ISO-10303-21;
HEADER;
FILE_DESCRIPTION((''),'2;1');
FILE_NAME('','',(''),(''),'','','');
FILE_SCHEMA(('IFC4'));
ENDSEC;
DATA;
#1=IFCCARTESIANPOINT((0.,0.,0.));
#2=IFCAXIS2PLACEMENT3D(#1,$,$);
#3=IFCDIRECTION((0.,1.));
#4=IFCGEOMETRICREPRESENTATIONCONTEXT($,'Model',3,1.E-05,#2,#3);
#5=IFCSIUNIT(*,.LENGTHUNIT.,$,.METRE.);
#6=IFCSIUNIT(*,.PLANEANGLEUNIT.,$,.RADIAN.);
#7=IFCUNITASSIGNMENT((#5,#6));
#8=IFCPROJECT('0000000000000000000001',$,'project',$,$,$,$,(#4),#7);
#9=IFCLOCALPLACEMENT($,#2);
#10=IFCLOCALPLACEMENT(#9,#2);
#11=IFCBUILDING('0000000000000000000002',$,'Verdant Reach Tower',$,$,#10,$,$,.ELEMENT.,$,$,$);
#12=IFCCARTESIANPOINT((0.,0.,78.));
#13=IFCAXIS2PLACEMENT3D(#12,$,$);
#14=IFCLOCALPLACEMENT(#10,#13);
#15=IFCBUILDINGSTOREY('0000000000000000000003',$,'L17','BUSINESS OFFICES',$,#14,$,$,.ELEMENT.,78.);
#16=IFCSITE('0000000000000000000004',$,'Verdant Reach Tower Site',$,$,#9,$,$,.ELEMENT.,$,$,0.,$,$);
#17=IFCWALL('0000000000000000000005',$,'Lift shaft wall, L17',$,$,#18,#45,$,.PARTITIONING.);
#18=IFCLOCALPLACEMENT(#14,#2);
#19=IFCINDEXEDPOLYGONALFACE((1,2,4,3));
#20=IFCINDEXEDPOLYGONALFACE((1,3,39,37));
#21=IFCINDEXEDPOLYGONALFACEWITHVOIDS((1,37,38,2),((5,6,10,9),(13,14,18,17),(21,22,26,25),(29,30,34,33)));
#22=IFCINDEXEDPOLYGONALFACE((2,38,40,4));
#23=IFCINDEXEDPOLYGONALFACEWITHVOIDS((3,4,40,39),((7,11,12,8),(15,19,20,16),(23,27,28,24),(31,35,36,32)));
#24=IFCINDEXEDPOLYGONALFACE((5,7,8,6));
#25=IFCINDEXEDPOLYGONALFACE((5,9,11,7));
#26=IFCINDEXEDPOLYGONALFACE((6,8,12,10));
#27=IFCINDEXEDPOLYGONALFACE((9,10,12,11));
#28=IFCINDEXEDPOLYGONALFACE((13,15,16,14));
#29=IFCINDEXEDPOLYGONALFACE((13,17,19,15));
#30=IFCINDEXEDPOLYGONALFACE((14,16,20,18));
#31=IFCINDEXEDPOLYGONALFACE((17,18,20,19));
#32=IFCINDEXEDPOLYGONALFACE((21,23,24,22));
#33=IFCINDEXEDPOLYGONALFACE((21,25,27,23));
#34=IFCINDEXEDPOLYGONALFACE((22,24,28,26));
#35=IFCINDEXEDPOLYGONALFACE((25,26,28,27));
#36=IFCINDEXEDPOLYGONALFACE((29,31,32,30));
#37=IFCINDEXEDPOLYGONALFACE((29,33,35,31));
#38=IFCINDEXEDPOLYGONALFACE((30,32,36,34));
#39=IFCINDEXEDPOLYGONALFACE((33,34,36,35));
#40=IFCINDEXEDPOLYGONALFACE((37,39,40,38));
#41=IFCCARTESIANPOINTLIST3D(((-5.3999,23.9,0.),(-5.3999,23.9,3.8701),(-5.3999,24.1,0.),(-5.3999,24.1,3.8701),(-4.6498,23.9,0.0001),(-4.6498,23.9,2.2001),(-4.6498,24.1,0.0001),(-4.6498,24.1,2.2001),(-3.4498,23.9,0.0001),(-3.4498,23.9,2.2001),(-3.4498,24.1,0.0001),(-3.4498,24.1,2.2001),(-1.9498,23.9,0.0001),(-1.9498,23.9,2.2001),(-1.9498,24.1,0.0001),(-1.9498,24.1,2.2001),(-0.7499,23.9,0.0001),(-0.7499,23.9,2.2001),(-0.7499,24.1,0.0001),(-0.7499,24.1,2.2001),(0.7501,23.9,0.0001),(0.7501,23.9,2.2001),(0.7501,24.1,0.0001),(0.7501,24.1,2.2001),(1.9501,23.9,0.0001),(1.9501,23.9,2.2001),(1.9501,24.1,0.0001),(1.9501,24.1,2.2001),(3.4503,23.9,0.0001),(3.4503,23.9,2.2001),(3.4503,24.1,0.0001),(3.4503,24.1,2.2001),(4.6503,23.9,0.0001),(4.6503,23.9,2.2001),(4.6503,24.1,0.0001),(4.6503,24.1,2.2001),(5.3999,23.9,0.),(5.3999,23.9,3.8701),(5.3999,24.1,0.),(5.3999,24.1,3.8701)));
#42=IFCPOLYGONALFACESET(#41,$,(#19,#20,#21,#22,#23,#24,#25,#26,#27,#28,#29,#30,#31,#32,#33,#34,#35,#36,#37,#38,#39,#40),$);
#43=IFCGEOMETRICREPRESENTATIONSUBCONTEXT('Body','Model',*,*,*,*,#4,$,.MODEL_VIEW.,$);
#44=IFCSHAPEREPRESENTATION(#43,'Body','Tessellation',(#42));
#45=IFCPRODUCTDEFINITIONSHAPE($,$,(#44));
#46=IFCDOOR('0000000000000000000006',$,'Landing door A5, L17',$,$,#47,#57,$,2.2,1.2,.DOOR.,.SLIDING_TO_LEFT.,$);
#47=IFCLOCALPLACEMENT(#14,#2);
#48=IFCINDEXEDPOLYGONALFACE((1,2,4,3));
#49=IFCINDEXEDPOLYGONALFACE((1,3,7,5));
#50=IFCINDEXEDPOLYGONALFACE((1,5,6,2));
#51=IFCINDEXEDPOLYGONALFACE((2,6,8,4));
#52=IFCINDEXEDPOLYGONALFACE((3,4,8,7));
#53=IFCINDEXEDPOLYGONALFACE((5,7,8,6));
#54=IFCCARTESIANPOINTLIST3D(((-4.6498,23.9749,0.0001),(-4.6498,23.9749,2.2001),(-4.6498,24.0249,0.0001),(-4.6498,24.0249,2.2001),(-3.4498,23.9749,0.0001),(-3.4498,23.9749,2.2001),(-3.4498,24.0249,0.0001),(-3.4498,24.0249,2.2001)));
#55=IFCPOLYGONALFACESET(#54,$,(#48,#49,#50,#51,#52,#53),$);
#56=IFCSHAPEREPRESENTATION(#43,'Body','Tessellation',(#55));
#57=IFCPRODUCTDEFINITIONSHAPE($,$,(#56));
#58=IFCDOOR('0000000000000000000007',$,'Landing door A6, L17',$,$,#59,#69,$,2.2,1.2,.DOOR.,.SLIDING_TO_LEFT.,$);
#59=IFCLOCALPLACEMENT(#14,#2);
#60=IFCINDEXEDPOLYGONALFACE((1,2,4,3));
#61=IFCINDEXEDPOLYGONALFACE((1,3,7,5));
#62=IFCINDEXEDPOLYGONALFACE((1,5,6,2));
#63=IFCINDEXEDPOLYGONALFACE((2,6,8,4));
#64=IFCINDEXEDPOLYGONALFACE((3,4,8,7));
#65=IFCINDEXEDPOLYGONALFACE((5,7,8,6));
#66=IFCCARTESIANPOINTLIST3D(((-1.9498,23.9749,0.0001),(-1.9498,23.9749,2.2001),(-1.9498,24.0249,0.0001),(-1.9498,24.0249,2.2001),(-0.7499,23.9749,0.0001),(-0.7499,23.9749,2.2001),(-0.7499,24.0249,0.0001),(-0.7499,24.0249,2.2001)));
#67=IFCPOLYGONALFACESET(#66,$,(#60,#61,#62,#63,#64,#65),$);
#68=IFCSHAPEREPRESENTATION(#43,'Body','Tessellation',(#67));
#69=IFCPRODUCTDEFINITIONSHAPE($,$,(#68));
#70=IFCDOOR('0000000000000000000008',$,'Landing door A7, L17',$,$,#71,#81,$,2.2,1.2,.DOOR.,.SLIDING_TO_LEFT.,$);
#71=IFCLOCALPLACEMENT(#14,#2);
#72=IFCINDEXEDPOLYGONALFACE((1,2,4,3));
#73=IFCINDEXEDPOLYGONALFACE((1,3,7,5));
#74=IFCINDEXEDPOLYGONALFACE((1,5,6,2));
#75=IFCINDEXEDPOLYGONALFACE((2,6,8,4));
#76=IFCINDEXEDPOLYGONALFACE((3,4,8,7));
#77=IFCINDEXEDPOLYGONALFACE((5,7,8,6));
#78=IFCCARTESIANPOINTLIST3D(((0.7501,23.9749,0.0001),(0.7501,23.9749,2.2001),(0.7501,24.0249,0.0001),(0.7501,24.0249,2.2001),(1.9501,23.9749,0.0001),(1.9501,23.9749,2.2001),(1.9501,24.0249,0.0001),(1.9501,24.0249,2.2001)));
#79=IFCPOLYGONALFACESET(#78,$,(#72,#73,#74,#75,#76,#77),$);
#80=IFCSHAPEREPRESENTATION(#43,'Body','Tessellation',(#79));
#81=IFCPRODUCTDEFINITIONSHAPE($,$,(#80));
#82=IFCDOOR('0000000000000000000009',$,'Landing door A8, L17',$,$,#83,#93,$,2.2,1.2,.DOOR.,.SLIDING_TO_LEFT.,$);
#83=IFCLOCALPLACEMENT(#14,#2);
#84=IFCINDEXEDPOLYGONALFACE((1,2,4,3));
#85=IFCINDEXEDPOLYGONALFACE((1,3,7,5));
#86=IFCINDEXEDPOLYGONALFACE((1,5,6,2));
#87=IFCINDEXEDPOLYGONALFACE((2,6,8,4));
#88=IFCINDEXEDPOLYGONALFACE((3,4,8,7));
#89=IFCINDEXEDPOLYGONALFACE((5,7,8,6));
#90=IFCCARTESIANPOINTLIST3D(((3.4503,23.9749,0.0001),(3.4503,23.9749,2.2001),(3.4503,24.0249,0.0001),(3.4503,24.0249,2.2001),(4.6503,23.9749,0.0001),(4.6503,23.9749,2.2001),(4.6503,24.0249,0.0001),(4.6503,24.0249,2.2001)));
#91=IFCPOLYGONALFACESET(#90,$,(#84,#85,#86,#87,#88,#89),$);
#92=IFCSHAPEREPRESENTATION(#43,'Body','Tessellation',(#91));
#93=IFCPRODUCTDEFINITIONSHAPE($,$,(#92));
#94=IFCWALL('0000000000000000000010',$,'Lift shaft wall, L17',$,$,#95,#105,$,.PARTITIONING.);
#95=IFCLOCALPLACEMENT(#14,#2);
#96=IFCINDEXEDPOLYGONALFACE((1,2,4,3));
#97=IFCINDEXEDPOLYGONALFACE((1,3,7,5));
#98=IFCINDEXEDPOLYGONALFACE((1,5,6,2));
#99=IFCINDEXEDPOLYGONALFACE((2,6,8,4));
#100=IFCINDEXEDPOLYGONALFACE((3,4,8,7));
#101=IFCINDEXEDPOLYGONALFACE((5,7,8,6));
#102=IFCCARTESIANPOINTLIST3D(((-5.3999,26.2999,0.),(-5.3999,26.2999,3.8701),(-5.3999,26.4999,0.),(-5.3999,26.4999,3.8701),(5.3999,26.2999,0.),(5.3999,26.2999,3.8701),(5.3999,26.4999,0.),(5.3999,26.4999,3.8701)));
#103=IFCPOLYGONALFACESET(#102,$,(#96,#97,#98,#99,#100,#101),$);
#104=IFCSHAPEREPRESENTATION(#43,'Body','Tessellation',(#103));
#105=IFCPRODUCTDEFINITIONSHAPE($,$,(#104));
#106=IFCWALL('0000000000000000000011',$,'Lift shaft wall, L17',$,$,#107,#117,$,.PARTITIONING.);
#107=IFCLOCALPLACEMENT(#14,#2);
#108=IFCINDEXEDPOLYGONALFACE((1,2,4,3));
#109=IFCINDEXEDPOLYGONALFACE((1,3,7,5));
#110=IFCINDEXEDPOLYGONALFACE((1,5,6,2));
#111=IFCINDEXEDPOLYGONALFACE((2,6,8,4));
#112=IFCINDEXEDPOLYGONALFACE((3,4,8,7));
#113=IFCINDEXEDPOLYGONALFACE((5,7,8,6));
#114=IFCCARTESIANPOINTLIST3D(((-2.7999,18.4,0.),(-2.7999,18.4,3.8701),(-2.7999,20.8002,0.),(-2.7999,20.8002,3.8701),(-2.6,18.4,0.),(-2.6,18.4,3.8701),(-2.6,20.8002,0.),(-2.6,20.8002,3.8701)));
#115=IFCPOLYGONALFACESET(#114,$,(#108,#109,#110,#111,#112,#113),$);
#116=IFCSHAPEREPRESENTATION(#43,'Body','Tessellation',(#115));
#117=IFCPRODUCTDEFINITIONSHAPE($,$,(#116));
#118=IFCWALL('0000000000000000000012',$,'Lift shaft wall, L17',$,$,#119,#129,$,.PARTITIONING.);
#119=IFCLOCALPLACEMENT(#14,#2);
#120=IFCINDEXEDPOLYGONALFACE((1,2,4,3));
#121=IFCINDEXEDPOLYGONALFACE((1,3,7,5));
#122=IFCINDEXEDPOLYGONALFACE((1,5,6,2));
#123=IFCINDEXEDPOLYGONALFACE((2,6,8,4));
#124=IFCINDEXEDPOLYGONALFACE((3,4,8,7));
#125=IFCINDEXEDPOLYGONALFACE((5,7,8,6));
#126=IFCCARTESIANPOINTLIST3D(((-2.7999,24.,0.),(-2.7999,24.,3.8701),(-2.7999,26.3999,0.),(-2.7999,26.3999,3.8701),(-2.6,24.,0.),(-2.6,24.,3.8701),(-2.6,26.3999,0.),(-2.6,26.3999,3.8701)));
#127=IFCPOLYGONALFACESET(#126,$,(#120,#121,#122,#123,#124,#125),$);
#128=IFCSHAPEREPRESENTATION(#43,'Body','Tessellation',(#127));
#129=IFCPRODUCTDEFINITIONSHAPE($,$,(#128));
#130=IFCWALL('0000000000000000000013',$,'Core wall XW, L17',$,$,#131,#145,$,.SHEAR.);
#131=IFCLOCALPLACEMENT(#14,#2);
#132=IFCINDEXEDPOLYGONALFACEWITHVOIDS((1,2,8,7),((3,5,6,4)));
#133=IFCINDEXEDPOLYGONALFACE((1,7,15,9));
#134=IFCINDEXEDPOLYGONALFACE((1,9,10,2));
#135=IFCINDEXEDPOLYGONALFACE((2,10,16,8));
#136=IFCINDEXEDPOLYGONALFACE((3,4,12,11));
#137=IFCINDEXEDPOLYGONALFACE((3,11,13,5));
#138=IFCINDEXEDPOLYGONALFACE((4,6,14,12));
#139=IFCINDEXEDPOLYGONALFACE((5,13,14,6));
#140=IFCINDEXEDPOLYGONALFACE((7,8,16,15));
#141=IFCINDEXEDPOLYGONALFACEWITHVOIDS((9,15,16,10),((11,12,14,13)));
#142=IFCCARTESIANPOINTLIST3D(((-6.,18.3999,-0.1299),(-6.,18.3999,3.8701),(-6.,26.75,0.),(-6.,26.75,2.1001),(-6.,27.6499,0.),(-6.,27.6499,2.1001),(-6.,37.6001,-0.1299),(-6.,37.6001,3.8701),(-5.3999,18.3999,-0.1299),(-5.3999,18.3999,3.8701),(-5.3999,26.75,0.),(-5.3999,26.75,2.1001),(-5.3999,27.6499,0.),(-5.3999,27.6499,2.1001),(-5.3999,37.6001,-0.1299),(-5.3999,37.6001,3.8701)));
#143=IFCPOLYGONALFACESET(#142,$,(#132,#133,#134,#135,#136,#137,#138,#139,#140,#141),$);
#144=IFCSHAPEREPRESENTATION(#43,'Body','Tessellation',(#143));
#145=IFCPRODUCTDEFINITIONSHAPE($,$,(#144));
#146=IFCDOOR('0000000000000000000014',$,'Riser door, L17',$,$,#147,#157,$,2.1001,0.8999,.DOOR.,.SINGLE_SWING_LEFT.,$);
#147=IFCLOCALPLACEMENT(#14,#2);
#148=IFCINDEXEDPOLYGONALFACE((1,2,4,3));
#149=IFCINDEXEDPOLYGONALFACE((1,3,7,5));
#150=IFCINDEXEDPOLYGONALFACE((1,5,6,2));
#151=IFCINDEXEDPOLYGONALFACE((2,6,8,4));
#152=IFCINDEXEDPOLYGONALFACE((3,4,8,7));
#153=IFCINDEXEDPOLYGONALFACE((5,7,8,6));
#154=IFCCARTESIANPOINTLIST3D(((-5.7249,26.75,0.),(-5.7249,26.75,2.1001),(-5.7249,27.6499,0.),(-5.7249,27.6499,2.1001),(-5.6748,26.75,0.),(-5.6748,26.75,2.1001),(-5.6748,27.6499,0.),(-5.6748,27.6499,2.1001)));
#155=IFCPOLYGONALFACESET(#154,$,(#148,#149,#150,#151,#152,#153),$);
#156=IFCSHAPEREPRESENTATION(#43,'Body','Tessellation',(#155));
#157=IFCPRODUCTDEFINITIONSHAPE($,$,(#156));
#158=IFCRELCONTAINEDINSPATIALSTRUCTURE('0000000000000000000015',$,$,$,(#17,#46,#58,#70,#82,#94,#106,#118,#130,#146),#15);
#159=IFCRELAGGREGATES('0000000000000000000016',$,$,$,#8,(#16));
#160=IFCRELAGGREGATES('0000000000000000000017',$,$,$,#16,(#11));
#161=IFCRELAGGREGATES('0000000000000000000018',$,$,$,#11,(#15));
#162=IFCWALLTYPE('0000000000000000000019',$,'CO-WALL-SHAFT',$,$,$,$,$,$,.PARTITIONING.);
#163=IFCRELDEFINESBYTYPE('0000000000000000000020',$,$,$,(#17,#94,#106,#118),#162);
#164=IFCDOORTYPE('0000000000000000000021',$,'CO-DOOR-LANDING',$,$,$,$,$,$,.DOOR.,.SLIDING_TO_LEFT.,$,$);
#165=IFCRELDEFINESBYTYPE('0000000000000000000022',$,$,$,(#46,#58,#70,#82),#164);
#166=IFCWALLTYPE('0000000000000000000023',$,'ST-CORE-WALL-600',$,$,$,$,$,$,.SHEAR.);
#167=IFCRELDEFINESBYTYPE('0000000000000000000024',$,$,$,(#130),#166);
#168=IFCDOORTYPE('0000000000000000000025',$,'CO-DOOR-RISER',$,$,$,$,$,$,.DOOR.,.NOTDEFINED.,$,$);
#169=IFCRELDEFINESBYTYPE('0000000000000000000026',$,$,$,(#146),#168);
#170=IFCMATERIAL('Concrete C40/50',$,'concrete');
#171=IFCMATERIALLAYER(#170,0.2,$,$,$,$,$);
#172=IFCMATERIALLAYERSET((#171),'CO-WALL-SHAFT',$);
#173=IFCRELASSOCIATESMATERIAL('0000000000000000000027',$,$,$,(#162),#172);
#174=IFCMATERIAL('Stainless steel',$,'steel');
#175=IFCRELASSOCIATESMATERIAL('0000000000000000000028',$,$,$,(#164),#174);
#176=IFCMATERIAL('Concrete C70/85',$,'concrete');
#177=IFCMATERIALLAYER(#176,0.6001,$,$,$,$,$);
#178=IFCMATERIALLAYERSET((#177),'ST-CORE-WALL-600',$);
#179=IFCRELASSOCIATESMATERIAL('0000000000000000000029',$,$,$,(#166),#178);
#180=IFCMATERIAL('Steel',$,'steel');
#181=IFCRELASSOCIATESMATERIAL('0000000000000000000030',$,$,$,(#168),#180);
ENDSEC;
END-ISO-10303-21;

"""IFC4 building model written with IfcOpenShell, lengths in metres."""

from ifc_helpers import new_model, si_unit, direction, frame, frame_2d, origin, place, context, subcontext, project, spatial, rectangle, extrude, material, layer, layer_set, type_object, element, fill, save


model = new_model("IFC4")

# Units and contexts
model_context = context("Model", 3, precision=1e-05, world=origin(), true_north=direction((0.0, 1.0)))
body_context = subcontext(model_context, "Body", "Model", "MODEL_VIEW")
ifc_project = project(units=[si_unit("LENGTHUNIT", "METRE"), si_unit("PLANEANGLEUNIT", "RADIAN")], contexts=[model_context])

# Site, building, storey
site_placement = place(None, origin())
site = spatial("IfcSite", under=ifc_project, at=site_placement, Name="Verdant Reach Tower Site", CompositionType="ELEMENT", RefElevation=0.0)
building_placement = place(site_placement, origin())
building = spatial("IfcBuilding", under=site, at=building_placement, Name="Verdant Reach Tower", CompositionType="ELEMENT")
storey_placement = place(building_placement, frame((0.0, 0.0, 78.0)))
storey = spatial("IfcBuildingStorey", under=building, at=storey_placement, Name="L17", Description="BUSINESS OFFICES", CompositionType="ELEMENT", Elevation=78.0)

# Wall, openings, doors
ifc_material_1 = material(Name="Concrete C40/50", Category="concrete")
ifc_layer_1 = layer(ifc_material_1, 0.2)
ifc_layer_set_1 = layer_set([ifc_layer_1], Name="CO-WALL-SHAFT")
wall_type_1 = type_object("IfcWallType", Name="CO-WALL-SHAFT", PredefinedType="PARTITIONING", material=ifc_layer_set_1)
ifc_material_2 = material(Name="Stainless steel", Category="steel")
door_type_1 = type_object("IfcDoorType", Name="CO-DOOR-LANDING", OperationType="SLIDING_TO_LEFT", PredefinedType="DOOR", material=ifc_material_2)
wall_1_placement = place(storey_placement, frame((-5.3999, 24.0, 0.0), z_axis=(0.0, 0.0, 1.0), x_axis=(1.0, 0.0, 0.0)))
wall_1 = element("IfcWall", 1, at=wall_1_placement, inside=storey, type_object=wall_type_1, Name="Lift shaft wall, L17", PredefinedType="PARTITIONING", context=body_context, shape_type="SweptSolid", body=[
    extrude(rectangle(XDim=10.7998, YDim=0.2, at=frame_2d((5.3999, 0.0))), origin(), (0.0, 0.0, 1.0), 3.8701),
])
opening_1_placement = place(wall_1_placement, frame((0.75, 0.0, 0.0)))
opening_1 = element("IfcOpeningElement", 2, at=opening_1_placement, cuts=wall_1, PredefinedType="OPENING", context=body_context, shape_type="SweptSolid", body=[
    extrude(rectangle(XDim=1.2, YDim=2.2, at=frame_2d((0.6001, 1.1001))), frame((0.0, 0.1099, 0.0), z_axis=(0.0, -1.0, 0.0), x_axis=(1.0, 0.0, 0.0)), (0.0, 0.0, 1.0), 0.22),
])
opening_2_placement = place(wall_1_placement, frame((3.45, 0.0, 0.0)))
opening_2 = element("IfcOpeningElement", 3, at=opening_2_placement, cuts=wall_1, PredefinedType="OPENING", context=body_context, shape_type="SweptSolid", body=[
    extrude(rectangle(XDim=1.2, YDim=2.2, at=frame_2d((0.6001, 1.1001))), frame((0.0, 0.1099, 0.0), z_axis=(0.0, -1.0, 0.0), x_axis=(1.0, 0.0, 0.0)), (0.0, 0.0, 1.0), 0.22),
])
opening_3_placement = place(wall_1_placement, frame((6.1499, 0.0, 0.0)))
opening_3 = element("IfcOpeningElement", 4, at=opening_3_placement, cuts=wall_1, PredefinedType="OPENING", context=body_context, shape_type="SweptSolid", body=[
    extrude(rectangle(XDim=1.2, YDim=2.2, at=frame_2d((0.6001, 1.1001))), frame((0.0, 0.1099, 0.0), z_axis=(0.0, -1.0, 0.0), x_axis=(1.0, 0.0, 0.0)), (0.0, 0.0, 1.0), 0.22),
])
opening_4_placement = place(wall_1_placement, frame((8.8501, 0.0, 0.0)))
opening_4 = element("IfcOpeningElement", 5, at=opening_4_placement, cuts=wall_1, PredefinedType="OPENING", context=body_context, shape_type="SweptSolid", body=[
    extrude(rectangle(XDim=1.2, YDim=2.2, at=frame_2d((0.6001, 1.1001))), frame((0.0, 0.1099, 0.0), z_axis=(0.0, -1.0, 0.0), x_axis=(1.0, 0.0, 0.0)), (0.0, 0.0, 1.0), 0.22),
])
door_1_placement = place(opening_1_placement, origin())
door_1 = element("IfcDoor", 6, at=door_1_placement, inside=storey, type_object=door_type_1, Name="Landing door A5, L17", OperationType="SLIDING_TO_LEFT", OverallHeight=2.2, OverallWidth=1.2, PredefinedType="DOOR", context=body_context, shape_type="SweptSolid", body=[
    extrude(rectangle(XDim=1.2, YDim=2.2, at=frame_2d((0.6001, 1.1001))), frame((0.0, 0.0249, 0.0), z_axis=(0.0, -1.0, 0.0), x_axis=(1.0, 0.0, 0.0)), (0.0, 0.0, 1.0), 0.05),
])
fill(opening_1, door_1)
door_2_placement = place(opening_2_placement, origin())
door_2 = element("IfcDoor", 7, at=door_2_placement, inside=storey, type_object=door_type_1, Name="Landing door A6, L17", OperationType="SLIDING_TO_LEFT", OverallHeight=2.2, OverallWidth=1.2, PredefinedType="DOOR", context=body_context, shape_type="SweptSolid", body=[
    extrude(rectangle(XDim=1.2, YDim=2.2, at=frame_2d((0.6001, 1.1001))), frame((0.0, 0.0249, 0.0), z_axis=(0.0, -1.0, 0.0), x_axis=(1.0, 0.0, 0.0)), (0.0, 0.0, 1.0), 0.05),
])
fill(opening_2, door_2)
door_3_placement = place(opening_3_placement, origin())
door_3 = element("IfcDoor", 8, at=door_3_placement, inside=storey, type_object=door_type_1, Name="Landing door A7, L17", OperationType="SLIDING_TO_LEFT", OverallHeight=2.2, OverallWidth=1.2, PredefinedType="DOOR", context=body_context, shape_type="SweptSolid", body=[
    extrude(rectangle(XDim=1.2, YDim=2.2, at=frame_2d((0.6001, 1.1001))), frame((0.0, 0.0249, 0.0), z_axis=(0.0, -1.0, 0.0), x_axis=(1.0, 0.0, 0.0)), (0.0, 0.0, 1.0), 0.05),
])
fill(opening_3, door_3)
door_4_placement = place(opening_4_placement, origin())
door_4 = element("IfcDoor", 9, at=door_4_placement, inside=storey, type_object=door_type_1, Name="Landing door A8, L17", OperationType="SLIDING_TO_LEFT", OverallHeight=2.2, OverallWidth=1.2, PredefinedType="DOOR", context=body_context, shape_type="SweptSolid", body=[
    extrude(rectangle(XDim=1.2, YDim=2.2, at=frame_2d((0.6001, 1.1001))), frame((0.0, 0.0249, 0.0), z_axis=(0.0, -1.0, 0.0), x_axis=(1.0, 0.0, 0.0)), (0.0, 0.0, 1.0), 0.05),
])
fill(opening_4, door_4)

# Walls
wall_2_placement = place(storey_placement, frame((-5.3999, 26.3999, 0.0), z_axis=(0.0, 0.0, 1.0), x_axis=(1.0, 0.0, 0.0)))
element("IfcWall", 10, at=wall_2_placement, inside=storey, type_object=wall_type_1, Name="Lift shaft wall, L17", PredefinedType="PARTITIONING", context=body_context, shape_type="SweptSolid", body=[
    extrude(rectangle(XDim=10.7998, YDim=0.2, at=frame_2d((5.3999, 0.0))), origin(), (0.0, 0.0, 1.0), 3.8701),
])
wall_3_placement = place(storey_placement, frame((-2.7, 18.3999, 0.0), z_axis=(0.0, 0.0, 1.0), x_axis=(0.0, 1.0, 0.0)))
element("IfcWall", 11, at=wall_3_placement, inside=storey, type_object=wall_type_1, Name="Lift shaft wall, L17", PredefinedType="PARTITIONING", context=body_context, shape_type="SweptSolid", body=[
    extrude(rectangle(XDim=2.4001, YDim=0.2, at=frame_2d((1.2002, 0.0))), origin(), (0.0, 0.0, 1.0), 3.8701),
])
wall_4_placement = place(storey_placement, frame((-2.7, 24.0, 0.0), z_axis=(0.0, 0.0, 1.0), x_axis=(0.0, 1.0, 0.0)))
element("IfcWall", 12, at=wall_4_placement, inside=storey, type_object=wall_type_1, Name="Lift shaft wall, L17", PredefinedType="PARTITIONING", context=body_context, shape_type="SweptSolid", body=[
    extrude(rectangle(XDim=2.3999, YDim=0.2, at=frame_2d((1.2, 0.0))), origin(), (0.0, 0.0, 1.0), 3.8701),
])

# Wall, opening, door
ifc_material_3 = material(Name="Concrete C70/85", Category="concrete")
ifc_layer_2 = layer(ifc_material_3, 0.6001)
ifc_layer_set_2 = layer_set([ifc_layer_2], Name="ST-CORE-WALL-600")
wall_type_2 = type_object("IfcWallType", Name="ST-CORE-WALL-600", PredefinedType="SHEAR", material=ifc_layer_set_2)
wall_5_placement = place(storey_placement, frame((-5.7, 18.3999, -0.1299), z_axis=(0.0, 0.0, 1.0), x_axis=(0.0, 1.0, 0.0)))
wall_5 = element("IfcWall", 13, at=wall_5_placement, inside=storey, type_object=wall_type_2, Name="Core wall XW, L17", PredefinedType="SHEAR", context=body_context, shape_type="SweptSolid", body=[
    extrude(rectangle(XDim=19.2002, YDim=0.6001, at=frame_2d((9.6001, 0.0))), origin(), (0.0, 0.0, 1.0), 4.0),
])
opening_5_placement = place(wall_5_placement, frame((8.3501, 0.0, 0.1299)))
opening_5 = element("IfcOpeningElement", 14, at=opening_5_placement, cuts=wall_5, PredefinedType="OPENING", context=body_context, shape_type="SweptSolid", body=[
    extrude(rectangle(XDim=0.8999, YDim=2.1001, at=frame_2d((0.45, 1.05))), frame((0.0, 0.3101, 0.0), z_axis=(0.0, -1.0, 0.0), x_axis=(1.0, 0.0, 0.0)), (0.0, 0.0, 1.0), 0.6201),
])
ifc_material_4 = material(Name="Steel", Category="steel")
door_type_2 = type_object("IfcDoorType", Name="CO-DOOR-RISER", OperationType="NOTDEFINED", PredefinedType="DOOR", material=ifc_material_4)
door_5_placement = place(opening_5_placement, origin())
door_5 = element("IfcDoor", 15, at=door_5_placement, inside=storey, type_object=door_type_2, Name="Riser door, L17", OperationType="SINGLE_SWING_LEFT", OverallHeight=2.1001, OverallWidth=0.8999, PredefinedType="DOOR", context=body_context, shape_type="SweptSolid", body=[
    extrude(rectangle(XDim=0.8999, YDim=2.1001, at=frame_2d((0.45, 1.05))), frame((0.0, 0.0249, 0.0), z_axis=(0.0, -1.0, 0.0), x_axis=(1.0, 0.0, 0.0)), (0.0, 0.0, 1.0), 0.05),
])
fill(opening_5, door_5)

save(model, "model.ifc")
